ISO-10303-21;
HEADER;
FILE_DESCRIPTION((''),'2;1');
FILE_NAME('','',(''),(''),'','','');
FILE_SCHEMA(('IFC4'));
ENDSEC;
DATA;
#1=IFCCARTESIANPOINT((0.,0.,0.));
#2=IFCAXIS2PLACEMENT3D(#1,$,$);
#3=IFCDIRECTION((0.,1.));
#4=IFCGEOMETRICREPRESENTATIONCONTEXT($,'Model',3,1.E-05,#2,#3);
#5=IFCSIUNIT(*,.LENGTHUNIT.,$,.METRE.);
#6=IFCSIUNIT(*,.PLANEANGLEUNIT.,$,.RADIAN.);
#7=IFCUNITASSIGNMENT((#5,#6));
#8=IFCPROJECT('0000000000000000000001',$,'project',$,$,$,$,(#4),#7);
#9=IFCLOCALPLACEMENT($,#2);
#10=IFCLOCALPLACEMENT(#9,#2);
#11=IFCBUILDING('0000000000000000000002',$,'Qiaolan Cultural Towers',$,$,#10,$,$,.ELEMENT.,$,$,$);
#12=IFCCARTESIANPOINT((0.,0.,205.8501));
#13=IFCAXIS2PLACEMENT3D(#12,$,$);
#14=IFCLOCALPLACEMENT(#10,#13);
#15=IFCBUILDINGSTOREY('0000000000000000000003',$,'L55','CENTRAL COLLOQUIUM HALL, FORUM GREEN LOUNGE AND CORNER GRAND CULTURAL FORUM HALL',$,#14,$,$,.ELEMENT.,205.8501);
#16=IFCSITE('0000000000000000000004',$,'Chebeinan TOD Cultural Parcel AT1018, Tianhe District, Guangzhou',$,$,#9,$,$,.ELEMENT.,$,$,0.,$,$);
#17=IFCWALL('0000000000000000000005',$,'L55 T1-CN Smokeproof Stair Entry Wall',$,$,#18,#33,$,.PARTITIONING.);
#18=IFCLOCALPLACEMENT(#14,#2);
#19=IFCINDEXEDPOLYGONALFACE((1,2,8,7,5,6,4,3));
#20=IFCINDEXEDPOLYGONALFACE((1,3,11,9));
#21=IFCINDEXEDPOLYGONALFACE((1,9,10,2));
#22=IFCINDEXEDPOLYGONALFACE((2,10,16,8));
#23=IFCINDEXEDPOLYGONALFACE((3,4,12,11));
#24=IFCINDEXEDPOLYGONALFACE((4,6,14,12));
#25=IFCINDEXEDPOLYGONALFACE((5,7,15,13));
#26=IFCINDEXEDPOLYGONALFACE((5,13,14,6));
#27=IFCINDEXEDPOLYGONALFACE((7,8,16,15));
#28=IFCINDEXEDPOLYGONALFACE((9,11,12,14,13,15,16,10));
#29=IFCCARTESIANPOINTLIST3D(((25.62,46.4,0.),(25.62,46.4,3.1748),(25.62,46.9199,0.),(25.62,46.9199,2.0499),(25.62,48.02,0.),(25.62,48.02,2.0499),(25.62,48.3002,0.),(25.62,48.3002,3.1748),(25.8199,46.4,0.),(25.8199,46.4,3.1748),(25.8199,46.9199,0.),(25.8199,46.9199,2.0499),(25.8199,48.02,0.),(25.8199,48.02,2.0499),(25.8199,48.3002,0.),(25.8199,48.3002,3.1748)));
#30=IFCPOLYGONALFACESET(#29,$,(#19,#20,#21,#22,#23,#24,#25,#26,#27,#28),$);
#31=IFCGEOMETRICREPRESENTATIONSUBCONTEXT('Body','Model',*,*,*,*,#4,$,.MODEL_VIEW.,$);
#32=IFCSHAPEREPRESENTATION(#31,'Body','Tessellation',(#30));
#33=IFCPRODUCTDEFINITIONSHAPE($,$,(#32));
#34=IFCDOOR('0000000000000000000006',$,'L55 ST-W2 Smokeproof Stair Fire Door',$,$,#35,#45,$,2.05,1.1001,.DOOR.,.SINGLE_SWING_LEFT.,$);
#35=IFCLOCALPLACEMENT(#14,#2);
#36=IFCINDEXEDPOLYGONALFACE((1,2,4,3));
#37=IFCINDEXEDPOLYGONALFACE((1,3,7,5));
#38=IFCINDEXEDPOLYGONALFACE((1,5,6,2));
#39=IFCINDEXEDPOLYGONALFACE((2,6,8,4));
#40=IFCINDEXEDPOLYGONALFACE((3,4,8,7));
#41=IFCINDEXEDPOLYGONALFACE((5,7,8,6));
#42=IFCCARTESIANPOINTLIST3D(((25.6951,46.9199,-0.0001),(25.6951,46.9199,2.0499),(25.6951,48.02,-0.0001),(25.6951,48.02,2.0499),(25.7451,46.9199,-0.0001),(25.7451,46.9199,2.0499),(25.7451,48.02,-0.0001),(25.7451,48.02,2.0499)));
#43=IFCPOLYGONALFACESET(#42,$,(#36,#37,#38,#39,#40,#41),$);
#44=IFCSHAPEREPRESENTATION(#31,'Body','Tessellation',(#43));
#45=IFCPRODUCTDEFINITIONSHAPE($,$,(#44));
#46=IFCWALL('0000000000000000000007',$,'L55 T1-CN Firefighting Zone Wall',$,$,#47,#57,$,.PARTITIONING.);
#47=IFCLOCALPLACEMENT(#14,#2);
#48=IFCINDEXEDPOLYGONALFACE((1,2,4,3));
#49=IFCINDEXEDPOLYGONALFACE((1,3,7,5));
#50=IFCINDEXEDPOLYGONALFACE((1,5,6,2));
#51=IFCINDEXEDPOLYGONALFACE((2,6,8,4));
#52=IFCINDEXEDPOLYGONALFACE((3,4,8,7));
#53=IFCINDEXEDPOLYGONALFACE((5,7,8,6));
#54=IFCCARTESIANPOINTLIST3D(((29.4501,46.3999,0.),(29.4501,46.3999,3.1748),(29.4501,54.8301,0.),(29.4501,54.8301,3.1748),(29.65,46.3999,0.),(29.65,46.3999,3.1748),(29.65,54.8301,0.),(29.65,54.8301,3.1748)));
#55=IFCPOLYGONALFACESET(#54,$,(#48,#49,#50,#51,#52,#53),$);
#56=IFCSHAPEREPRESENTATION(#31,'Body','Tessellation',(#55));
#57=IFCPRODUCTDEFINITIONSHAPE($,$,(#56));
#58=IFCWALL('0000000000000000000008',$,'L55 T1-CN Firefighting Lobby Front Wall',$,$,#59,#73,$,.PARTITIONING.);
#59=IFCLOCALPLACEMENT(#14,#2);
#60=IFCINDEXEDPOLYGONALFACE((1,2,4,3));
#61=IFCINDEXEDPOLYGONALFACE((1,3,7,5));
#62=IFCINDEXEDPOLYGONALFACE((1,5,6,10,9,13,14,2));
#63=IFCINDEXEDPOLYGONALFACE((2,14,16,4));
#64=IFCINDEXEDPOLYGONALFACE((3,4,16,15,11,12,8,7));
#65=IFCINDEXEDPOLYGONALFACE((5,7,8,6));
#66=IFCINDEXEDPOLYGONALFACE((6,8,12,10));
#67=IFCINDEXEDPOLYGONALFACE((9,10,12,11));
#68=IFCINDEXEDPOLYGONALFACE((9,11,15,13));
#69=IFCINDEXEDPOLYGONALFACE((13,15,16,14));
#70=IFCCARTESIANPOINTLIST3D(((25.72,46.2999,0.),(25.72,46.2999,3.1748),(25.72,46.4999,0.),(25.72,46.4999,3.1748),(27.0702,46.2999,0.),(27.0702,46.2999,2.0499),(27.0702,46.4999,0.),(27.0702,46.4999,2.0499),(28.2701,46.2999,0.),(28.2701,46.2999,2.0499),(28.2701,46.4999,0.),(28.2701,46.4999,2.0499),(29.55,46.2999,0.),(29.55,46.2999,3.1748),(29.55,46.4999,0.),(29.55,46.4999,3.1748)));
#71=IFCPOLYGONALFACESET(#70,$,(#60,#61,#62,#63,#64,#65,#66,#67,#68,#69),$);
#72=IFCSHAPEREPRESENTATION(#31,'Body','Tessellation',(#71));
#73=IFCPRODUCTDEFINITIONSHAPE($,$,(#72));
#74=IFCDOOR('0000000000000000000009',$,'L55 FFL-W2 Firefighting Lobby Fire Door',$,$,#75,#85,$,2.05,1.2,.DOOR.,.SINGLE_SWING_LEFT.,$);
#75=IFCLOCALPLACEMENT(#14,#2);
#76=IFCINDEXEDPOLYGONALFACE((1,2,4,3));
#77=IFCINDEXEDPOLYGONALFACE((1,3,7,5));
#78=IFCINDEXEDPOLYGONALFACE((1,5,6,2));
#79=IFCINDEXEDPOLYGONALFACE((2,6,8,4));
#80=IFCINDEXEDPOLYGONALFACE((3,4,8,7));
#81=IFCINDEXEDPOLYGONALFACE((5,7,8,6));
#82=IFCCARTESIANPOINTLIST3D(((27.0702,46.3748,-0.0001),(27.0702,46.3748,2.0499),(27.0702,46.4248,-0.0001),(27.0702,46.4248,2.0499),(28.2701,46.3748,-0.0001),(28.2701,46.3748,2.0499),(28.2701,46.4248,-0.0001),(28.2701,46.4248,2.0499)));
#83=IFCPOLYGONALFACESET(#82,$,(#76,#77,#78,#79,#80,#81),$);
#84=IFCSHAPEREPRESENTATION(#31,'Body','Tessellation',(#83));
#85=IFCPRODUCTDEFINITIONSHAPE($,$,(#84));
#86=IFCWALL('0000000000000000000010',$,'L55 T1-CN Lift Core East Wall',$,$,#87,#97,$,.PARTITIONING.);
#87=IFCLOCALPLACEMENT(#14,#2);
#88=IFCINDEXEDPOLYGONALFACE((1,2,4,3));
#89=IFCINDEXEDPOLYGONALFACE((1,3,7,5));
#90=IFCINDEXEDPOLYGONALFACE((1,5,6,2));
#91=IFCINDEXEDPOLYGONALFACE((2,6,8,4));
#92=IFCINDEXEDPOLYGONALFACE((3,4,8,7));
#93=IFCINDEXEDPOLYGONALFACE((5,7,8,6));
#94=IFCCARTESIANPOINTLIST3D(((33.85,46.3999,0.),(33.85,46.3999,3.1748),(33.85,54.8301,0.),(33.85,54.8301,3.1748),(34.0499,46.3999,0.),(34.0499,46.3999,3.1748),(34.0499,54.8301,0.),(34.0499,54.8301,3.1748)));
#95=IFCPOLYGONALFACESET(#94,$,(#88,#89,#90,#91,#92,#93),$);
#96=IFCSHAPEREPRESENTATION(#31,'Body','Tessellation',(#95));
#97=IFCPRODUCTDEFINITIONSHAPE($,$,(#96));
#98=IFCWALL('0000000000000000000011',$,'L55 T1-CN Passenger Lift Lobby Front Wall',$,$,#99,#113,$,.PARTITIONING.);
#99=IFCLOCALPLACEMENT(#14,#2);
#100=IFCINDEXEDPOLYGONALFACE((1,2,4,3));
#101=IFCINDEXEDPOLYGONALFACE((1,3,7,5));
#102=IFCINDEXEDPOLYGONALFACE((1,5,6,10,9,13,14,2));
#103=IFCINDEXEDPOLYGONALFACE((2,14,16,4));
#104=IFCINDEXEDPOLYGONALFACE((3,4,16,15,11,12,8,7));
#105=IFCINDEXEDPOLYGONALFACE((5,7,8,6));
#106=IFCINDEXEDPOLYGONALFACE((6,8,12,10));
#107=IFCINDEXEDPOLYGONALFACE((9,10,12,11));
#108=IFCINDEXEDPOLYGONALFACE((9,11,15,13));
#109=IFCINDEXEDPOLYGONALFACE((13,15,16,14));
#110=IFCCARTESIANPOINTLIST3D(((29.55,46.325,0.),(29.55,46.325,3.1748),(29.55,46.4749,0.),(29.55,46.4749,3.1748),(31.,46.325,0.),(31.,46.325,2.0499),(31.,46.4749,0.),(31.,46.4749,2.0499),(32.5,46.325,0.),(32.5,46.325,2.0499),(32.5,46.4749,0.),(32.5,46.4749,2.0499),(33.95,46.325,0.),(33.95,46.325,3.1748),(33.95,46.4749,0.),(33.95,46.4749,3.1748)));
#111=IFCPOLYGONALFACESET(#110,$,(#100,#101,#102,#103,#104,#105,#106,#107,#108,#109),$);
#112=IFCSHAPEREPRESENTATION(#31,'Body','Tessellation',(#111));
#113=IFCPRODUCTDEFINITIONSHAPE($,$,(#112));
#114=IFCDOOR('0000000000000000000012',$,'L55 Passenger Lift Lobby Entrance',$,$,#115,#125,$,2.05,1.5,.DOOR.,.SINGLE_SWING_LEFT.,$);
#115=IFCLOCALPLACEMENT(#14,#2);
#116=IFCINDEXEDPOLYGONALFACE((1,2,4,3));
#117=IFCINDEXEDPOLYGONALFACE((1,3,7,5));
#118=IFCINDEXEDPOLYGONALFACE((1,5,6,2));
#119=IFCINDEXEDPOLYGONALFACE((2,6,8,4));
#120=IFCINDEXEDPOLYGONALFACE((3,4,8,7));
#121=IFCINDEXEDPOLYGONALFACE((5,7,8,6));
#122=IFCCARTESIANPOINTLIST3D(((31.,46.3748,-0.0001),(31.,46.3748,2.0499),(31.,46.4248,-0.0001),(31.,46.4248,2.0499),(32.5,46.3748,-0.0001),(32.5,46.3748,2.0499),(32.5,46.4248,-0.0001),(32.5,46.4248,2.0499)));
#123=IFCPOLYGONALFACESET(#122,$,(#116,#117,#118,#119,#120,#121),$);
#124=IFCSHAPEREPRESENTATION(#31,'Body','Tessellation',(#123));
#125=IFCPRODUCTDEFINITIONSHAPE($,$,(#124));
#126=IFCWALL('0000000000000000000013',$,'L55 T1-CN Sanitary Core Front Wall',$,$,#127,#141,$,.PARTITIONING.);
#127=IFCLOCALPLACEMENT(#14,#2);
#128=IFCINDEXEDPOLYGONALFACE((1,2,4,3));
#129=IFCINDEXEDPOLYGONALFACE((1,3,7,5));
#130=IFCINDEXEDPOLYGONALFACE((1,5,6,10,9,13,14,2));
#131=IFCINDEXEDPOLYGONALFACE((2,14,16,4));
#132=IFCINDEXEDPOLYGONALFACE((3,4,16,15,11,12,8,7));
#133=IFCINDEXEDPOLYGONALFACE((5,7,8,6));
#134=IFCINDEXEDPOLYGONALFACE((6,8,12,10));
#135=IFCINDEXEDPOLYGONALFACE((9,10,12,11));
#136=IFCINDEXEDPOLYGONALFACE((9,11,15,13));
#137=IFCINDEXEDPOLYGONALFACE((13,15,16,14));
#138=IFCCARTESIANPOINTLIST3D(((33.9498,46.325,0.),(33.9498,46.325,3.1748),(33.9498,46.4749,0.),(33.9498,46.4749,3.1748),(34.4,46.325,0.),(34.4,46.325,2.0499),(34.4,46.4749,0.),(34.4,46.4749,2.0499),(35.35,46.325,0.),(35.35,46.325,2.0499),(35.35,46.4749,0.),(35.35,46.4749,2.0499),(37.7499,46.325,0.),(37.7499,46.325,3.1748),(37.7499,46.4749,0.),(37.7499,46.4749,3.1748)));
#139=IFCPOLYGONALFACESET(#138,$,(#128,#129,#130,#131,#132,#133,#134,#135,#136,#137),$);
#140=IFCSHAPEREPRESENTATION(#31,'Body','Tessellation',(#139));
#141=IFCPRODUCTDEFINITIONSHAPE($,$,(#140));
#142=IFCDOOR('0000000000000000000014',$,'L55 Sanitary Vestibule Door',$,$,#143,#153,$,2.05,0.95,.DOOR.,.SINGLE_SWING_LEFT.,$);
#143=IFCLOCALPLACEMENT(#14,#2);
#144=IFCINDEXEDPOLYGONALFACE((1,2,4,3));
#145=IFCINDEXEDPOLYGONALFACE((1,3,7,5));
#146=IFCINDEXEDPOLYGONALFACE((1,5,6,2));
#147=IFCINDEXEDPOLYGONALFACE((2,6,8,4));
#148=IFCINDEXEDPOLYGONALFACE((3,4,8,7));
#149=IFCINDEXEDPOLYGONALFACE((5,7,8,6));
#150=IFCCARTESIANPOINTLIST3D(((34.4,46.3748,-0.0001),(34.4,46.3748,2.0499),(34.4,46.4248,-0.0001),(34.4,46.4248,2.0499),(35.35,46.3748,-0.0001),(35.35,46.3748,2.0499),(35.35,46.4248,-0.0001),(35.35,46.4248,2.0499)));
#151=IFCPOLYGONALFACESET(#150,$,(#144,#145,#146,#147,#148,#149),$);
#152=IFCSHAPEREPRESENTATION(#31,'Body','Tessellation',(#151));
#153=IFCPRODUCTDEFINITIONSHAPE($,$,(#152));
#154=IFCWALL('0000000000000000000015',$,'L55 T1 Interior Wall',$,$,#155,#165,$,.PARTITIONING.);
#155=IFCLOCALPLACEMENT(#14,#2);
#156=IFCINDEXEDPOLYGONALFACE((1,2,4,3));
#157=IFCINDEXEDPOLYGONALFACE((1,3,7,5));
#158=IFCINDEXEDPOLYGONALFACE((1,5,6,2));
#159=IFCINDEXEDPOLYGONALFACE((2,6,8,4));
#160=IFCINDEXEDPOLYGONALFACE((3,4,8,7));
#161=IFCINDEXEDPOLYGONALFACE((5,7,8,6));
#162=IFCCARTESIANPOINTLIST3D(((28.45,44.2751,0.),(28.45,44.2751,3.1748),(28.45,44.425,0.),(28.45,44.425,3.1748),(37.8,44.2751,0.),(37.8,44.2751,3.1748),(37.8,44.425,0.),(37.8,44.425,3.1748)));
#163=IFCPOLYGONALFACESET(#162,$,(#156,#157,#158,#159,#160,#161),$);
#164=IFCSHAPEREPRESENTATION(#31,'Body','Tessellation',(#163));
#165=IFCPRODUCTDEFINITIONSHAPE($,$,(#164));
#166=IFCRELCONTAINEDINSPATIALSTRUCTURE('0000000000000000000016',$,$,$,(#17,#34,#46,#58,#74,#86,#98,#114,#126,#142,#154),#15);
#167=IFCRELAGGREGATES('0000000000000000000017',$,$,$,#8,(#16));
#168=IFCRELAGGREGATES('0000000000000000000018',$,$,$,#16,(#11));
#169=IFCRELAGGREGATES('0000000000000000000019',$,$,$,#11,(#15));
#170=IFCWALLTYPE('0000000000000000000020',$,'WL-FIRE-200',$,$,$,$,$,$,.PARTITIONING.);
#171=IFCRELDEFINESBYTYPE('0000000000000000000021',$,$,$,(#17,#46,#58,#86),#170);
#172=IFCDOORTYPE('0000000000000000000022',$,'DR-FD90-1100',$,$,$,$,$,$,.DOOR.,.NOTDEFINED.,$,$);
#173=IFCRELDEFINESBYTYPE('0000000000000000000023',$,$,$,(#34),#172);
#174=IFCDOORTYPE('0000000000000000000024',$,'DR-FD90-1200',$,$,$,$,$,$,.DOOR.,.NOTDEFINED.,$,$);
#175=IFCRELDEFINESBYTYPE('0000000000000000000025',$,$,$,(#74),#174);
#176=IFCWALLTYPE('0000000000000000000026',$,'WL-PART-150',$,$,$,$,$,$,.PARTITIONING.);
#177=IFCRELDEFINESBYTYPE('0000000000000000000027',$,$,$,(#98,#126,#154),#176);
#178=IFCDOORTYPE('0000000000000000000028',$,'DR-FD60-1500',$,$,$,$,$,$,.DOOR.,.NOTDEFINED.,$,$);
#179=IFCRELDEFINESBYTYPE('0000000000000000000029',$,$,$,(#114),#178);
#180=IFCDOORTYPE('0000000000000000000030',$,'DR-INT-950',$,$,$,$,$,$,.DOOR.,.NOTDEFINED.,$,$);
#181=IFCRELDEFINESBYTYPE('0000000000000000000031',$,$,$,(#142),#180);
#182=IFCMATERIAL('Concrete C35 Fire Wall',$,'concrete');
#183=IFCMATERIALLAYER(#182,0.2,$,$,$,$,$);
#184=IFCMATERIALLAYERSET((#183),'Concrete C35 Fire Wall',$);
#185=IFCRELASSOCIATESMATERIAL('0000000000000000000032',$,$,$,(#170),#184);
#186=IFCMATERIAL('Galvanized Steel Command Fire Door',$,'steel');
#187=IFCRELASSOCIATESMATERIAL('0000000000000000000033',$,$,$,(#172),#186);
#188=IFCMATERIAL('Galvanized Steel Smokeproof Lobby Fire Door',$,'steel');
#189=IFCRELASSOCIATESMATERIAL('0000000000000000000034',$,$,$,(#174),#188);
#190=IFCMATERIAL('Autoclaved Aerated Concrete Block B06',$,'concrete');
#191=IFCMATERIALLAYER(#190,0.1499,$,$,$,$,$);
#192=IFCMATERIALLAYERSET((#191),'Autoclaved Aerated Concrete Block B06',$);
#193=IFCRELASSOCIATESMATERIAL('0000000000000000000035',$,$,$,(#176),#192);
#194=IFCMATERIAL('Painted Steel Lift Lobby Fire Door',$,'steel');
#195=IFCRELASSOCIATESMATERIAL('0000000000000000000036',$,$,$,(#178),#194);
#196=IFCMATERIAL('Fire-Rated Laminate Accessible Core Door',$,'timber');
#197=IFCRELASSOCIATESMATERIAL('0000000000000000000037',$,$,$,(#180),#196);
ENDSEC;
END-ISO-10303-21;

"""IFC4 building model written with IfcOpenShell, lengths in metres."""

from ifc_helpers import new_model, si_unit, direction, frame, frame_2d, origin, place, context, subcontext, project, spatial, rectangle, extrude, material, layer, layer_set, type_object, element, fill, save


model = new_model("IFC4")

# Units and contexts
model_context = context("Model", 3, precision=1e-05, world=origin(), true_north=direction((0.0, 1.0)))
body_context = subcontext(model_context, "Body", "Model", "MODEL_VIEW")
ifc_project = project(units=[si_unit("LENGTHUNIT", "METRE"), si_unit("PLANEANGLEUNIT", "RADIAN")], contexts=[model_context])

# Site, building, storey
site_placement = place(None, origin())
site = spatial("IfcSite", under=ifc_project, at=site_placement, Name="Chebeinan TOD Cultural Parcel AT1018, Tianhe District, Guangzhou", CompositionType="ELEMENT", RefElevation=0.0)
building_placement = place(site_placement, origin())
building = spatial("IfcBuilding", under=site, at=building_placement, Name="Qiaolan Cultural Towers", CompositionType="ELEMENT")
storey_placement = place(building_placement, frame((0.0, 0.0, 205.8501)))
storey = spatial("IfcBuildingStorey", under=building, at=storey_placement, Name="L55", Description="CENTRAL COLLOQUIUM HALL, FORUM GREEN LOUNGE AND CORNER GRAND CULTURAL FORUM HALL", CompositionType="ELEMENT", Elevation=205.8501)

# Wall, opening, door
ifc_material_1 = material(Name="Concrete C35 Fire Wall", Category="concrete")
ifc_layer_1 = layer(ifc_material_1, 0.2)
ifc_layer_set_1 = layer_set([ifc_layer_1], Name="Concrete C35 Fire Wall")
wall_type_1 = type_object("IfcWallType", Name="WL-FIRE-200", PredefinedType="PARTITIONING", material=ifc_layer_set_1)
wall_1_placement = place(storey_placement, frame((25.72, 46.3999, 0.0), z_axis=(0.0, 0.0, 1.0), x_axis=(0.0, 1.0, 0.0)))
wall_1 = element("IfcWall", 1, at=wall_1_placement, inside=storey, type_object=wall_type_1, Name="L55 T1-CN Smokeproof Stair Entry Wall", PredefinedType="PARTITIONING", context=body_context, shape_type="SweptSolid", body=[
    extrude(rectangle(XDim=1.9001, YDim=0.2, at=frame_2d((0.9502, 0.0))), origin(), (0.0, 0.0, 1.0), 3.1748),
])
opening_1_placement = place(wall_1_placement, frame((0.52, 0.0, 0.0)))
opening_1 = element("IfcOpeningElement", 2, at=opening_1_placement, cuts=wall_1, PredefinedType="OPENING", context=body_context, shape_type="SweptSolid", body=[
    extrude(rectangle(XDim=1.1001, YDim=2.05, at=frame_2d((0.55, 1.0249))), frame((0.0, 0.1099, 0.0), z_axis=(0.0, -1.0, 0.0), x_axis=(1.0, 0.0, 0.0)), (0.0, 0.0, 1.0), 0.22),
])
ifc_material_2 = material(Name="Galvanized Steel Command Fire Door", Category="steel")
door_type_1 = type_object("IfcDoorType", Name="DR-FD90-1100", OperationType="NOTDEFINED", PredefinedType="DOOR", material=ifc_material_2)
door_1_placement = place(opening_1_placement, origin())
door_1 = element("IfcDoor", 3, at=door_1_placement, inside=storey, type_object=door_type_1, Name="L55 ST-W2 Smokeproof Stair Fire Door", OperationType="SINGLE_SWING_LEFT", OverallHeight=2.05, OverallWidth=1.1001, PredefinedType="DOOR", context=body_context, shape_type="SweptSolid", body=[
    extrude(rectangle(XDim=1.1001, YDim=2.05, at=frame_2d((0.55, 1.0249))), frame((0.0, 0.0249, 0.0), z_axis=(0.0, -1.0, 0.0), x_axis=(1.0, 0.0, 0.0)), (0.0, 0.0, 1.0), 0.05),
])
fill(opening_1, door_1)

# Wall
wall_2_placement = place(storey_placement, frame((29.55, 46.3999, 0.0), z_axis=(0.0, 0.0, 1.0), x_axis=(0.0, 1.0, 0.0)))
element("IfcWall", 4, at=wall_2_placement, inside=storey, type_object=wall_type_1, Name="L55 T1-CN Firefighting Zone Wall", PredefinedType="PARTITIONING", context=body_context, shape_type="SweptSolid", body=[
    extrude(rectangle(XDim=8.4302, YDim=0.2, at=frame_2d((4.2151, 0.0))), origin(), (0.0, 0.0, 1.0), 3.1748),
])

# Wall, opening, door
wall_3_placement = place(storey_placement, frame((25.72, 46.3999, 0.0), z_axis=(0.0, 0.0, 1.0), x_axis=(1.0, 0.0, 0.0)))
wall_3 = element("IfcWall", 5, at=wall_3_placement, inside=storey, type_object=wall_type_1, Name="L55 T1-CN Firefighting Lobby Front Wall", PredefinedType="PARTITIONING", context=body_context, shape_type="SweptSolid", body=[
    extrude(rectangle(XDim=3.8301, YDim=0.2, at=frame_2d((1.915, 0.0))), origin(), (0.0, 0.0, 1.0), 3.1748),
])
opening_2_placement = place(wall_3_placement, frame((1.3501, 0.0, 0.0)))
opening_2 = element("IfcOpeningElement", 6, at=opening_2_placement, cuts=wall_3, PredefinedType="OPENING", context=body_context, shape_type="SweptSolid", body=[
    extrude(rectangle(XDim=1.2, YDim=2.05, at=frame_2d((0.6001, 1.0249))), frame((0.0, 0.1099, 0.0), z_axis=(0.0, -1.0, 0.0), x_axis=(1.0, 0.0, 0.0)), (0.0, 0.0, 1.0), 0.22),
])
ifc_material_3 = material(Name="Galvanized Steel Smokeproof Lobby Fire Door", Category="steel")
door_type_2 = type_object("IfcDoorType", Name="DR-FD90-1200", OperationType="NOTDEFINED", PredefinedType="DOOR", material=ifc_material_3)
door_2_placement = place(opening_2_placement, origin())
door_2 = element("IfcDoor", 7, at=door_2_placement, inside=storey, type_object=door_type_2, Name="L55 FFL-W2 Firefighting Lobby Fire Door", OperationType="SINGLE_SWING_LEFT", OverallHeight=2.05, OverallWidth=1.2, PredefinedType="DOOR", context=body_context, shape_type="SweptSolid", body=[
    extrude(rectangle(XDim=1.2, YDim=2.05, at=frame_2d((0.6001, 1.0249))), frame((0.0, 0.0249, 0.0), z_axis=(0.0, -1.0, 0.0), x_axis=(1.0, 0.0, 0.0)), (0.0, 0.0, 1.0), 0.05),
])
fill(opening_2, door_2)

# Wall
wall_4_placement = place(storey_placement, frame((33.95, 46.3999, 0.0), z_axis=(0.0, 0.0, 1.0), x_axis=(0.0, 1.0, 0.0)))
element("IfcWall", 8, at=wall_4_placement, inside=storey, type_object=wall_type_1, Name="L55 T1-CN Lift Core East Wall", PredefinedType="PARTITIONING", context=body_context, shape_type="SweptSolid", body=[
    extrude(rectangle(XDim=8.4302, YDim=0.2, at=frame_2d((4.2151, 0.0))), origin(), (0.0, 0.0, 1.0), 3.1748),
])

# Walls, openings, doors
ifc_material_4 = material(Name="Autoclaved Aerated Concrete Block B06", Category="concrete")
ifc_layer_2 = layer(ifc_material_4, 0.1499)
ifc_layer_set_2 = layer_set([ifc_layer_2], Name="Autoclaved Aerated Concrete Block B06")
wall_type_2 = type_object("IfcWallType", Name="WL-PART-150", PredefinedType="PARTITIONING", material=ifc_layer_set_2)
wall_5_placement = place(storey_placement, frame((29.55, 46.3999, 0.0), z_axis=(0.0, 0.0, 1.0), x_axis=(1.0, 0.0, 0.0)))
wall_5 = element("IfcWall", 9, at=wall_5_placement, inside=storey, type_object=wall_type_2, Name="L55 T1-CN Passenger Lift Lobby Front Wall", PredefinedType="PARTITIONING", context=body_context, shape_type="SweptSolid", body=[
    extrude(rectangle(XDim=4.3999, YDim=0.1499, at=frame_2d((2.2, 0.0))), origin(), (0.0, 0.0, 1.0), 3.1748),
])
opening_3_placement = place(wall_5_placement, frame((1.45, 0.0, 0.0)))
opening_3 = element("IfcOpeningElement", 10, at=opening_3_placement, cuts=wall_5, PredefinedType="OPENING", context=body_context, shape_type="SweptSolid", body=[
    extrude(rectangle(XDim=1.5, YDim=2.05, at=frame_2d((0.75, 1.0249))), frame((0.0, 0.085, 0.0), z_axis=(0.0, -1.0, 0.0), x_axis=(1.0, 0.0, 0.0)), (0.0, 0.0, 1.0), 0.1699),
])
ifc_material_5 = material(Name="Painted Steel Lift Lobby Fire Door", Category="steel")
door_type_3 = type_object("IfcDoorType", Name="DR-FD60-1500", OperationType="NOTDEFINED", PredefinedType="DOOR", material=ifc_material_5)
door_3_placement = place(opening_3_placement, origin())
door_3 = element("IfcDoor", 11, at=door_3_placement, inside=storey, type_object=door_type_3, Name="L55 Passenger Lift Lobby Entrance", OperationType="SINGLE_SWING_LEFT", OverallHeight=2.05, OverallWidth=1.5, PredefinedType="DOOR", context=body_context, shape_type="SweptSolid", body=[
    extrude(rectangle(XDim=1.5, YDim=2.05, at=frame_2d((0.75, 1.0249))), frame((0.0, 0.0249, 0.0), z_axis=(0.0, -1.0, 0.0), x_axis=(1.0, 0.0, 0.0)), (0.0, 0.0, 1.0), 0.05),
])
fill(opening_3, door_3)
wall_6_placement = place(storey_placement, frame((33.95, 46.3999, 0.0), z_axis=(0.0, 0.0, 1.0), x_axis=(1.0, 0.0, 0.0)))
wall_6 = element("IfcWall", 12, at=wall_6_placement, inside=storey, type_object=wall_type_2, Name="L55 T1-CN Sanitary Core Front Wall", PredefinedType="PARTITIONING", context=body_context, shape_type="SweptSolid", body=[
    extrude(rectangle(XDim=3.8, YDim=0.1499, at=frame_2d((1.8999, 0.0))), origin(), (0.0, 0.0, 1.0), 3.1748),
])
opening_4_placement = place(wall_6_placement, frame((0.45, 0.0, 0.0)))
opening_4 = element("IfcOpeningElement", 13, at=opening_4_placement, cuts=wall_6, PredefinedType="OPENING", context=body_context, shape_type="SweptSolid", body=[
    extrude(rectangle(XDim=0.95, YDim=2.05, at=frame_2d((0.4751, 1.0249))), frame((0.0, 0.085, 0.0), z_axis=(0.0, -1.0, 0.0), x_axis=(1.0, 0.0, 0.0)), (0.0, 0.0, 1.0), 0.1699),
])
ifc_material_6 = material(Name="Fire-Rated Laminate Accessible Core Door", Category="timber")
door_type_4 = type_object("IfcDoorType", Name="DR-INT-950", OperationType="NOTDEFINED", PredefinedType="DOOR", material=ifc_material_6)
door_4_placement = place(opening_4_placement, origin())
door_4 = element("IfcDoor", 14, at=door_4_placement, inside=storey, type_object=door_type_4, Name="L55 Sanitary Vestibule Door", OperationType="SINGLE_SWING_LEFT", OverallHeight=2.05, OverallWidth=0.95, PredefinedType="DOOR", context=body_context, shape_type="SweptSolid", body=[
    extrude(rectangle(XDim=0.95, YDim=2.05, at=frame_2d((0.4751, 1.0249))), frame((0.0, 0.0249, 0.0), z_axis=(0.0, -1.0, 0.0), x_axis=(1.0, 0.0, 0.0)), (0.0, 0.0, 1.0), 0.05),
])
fill(opening_4, door_4)

# Wall
wall_7_placement = place(storey_placement, frame((28.45, 44.3501, 0.0), z_axis=(0.0, 0.0, 1.0), x_axis=(1.0, 0.0, 0.0)))
element("IfcWall", 15, at=wall_7_placement, inside=storey, type_object=wall_type_2, Name="L55 T1 Interior Wall", PredefinedType="PARTITIONING", context=body_context, shape_type="SweptSolid", body=[
    extrude(rectangle(XDim=9.3501, YDim=0.1499, at=frame_2d((4.675, 0.0))), origin(), (0.0, 0.0, 1.0), 3.1748),
])

save(model, "model.ifc")
